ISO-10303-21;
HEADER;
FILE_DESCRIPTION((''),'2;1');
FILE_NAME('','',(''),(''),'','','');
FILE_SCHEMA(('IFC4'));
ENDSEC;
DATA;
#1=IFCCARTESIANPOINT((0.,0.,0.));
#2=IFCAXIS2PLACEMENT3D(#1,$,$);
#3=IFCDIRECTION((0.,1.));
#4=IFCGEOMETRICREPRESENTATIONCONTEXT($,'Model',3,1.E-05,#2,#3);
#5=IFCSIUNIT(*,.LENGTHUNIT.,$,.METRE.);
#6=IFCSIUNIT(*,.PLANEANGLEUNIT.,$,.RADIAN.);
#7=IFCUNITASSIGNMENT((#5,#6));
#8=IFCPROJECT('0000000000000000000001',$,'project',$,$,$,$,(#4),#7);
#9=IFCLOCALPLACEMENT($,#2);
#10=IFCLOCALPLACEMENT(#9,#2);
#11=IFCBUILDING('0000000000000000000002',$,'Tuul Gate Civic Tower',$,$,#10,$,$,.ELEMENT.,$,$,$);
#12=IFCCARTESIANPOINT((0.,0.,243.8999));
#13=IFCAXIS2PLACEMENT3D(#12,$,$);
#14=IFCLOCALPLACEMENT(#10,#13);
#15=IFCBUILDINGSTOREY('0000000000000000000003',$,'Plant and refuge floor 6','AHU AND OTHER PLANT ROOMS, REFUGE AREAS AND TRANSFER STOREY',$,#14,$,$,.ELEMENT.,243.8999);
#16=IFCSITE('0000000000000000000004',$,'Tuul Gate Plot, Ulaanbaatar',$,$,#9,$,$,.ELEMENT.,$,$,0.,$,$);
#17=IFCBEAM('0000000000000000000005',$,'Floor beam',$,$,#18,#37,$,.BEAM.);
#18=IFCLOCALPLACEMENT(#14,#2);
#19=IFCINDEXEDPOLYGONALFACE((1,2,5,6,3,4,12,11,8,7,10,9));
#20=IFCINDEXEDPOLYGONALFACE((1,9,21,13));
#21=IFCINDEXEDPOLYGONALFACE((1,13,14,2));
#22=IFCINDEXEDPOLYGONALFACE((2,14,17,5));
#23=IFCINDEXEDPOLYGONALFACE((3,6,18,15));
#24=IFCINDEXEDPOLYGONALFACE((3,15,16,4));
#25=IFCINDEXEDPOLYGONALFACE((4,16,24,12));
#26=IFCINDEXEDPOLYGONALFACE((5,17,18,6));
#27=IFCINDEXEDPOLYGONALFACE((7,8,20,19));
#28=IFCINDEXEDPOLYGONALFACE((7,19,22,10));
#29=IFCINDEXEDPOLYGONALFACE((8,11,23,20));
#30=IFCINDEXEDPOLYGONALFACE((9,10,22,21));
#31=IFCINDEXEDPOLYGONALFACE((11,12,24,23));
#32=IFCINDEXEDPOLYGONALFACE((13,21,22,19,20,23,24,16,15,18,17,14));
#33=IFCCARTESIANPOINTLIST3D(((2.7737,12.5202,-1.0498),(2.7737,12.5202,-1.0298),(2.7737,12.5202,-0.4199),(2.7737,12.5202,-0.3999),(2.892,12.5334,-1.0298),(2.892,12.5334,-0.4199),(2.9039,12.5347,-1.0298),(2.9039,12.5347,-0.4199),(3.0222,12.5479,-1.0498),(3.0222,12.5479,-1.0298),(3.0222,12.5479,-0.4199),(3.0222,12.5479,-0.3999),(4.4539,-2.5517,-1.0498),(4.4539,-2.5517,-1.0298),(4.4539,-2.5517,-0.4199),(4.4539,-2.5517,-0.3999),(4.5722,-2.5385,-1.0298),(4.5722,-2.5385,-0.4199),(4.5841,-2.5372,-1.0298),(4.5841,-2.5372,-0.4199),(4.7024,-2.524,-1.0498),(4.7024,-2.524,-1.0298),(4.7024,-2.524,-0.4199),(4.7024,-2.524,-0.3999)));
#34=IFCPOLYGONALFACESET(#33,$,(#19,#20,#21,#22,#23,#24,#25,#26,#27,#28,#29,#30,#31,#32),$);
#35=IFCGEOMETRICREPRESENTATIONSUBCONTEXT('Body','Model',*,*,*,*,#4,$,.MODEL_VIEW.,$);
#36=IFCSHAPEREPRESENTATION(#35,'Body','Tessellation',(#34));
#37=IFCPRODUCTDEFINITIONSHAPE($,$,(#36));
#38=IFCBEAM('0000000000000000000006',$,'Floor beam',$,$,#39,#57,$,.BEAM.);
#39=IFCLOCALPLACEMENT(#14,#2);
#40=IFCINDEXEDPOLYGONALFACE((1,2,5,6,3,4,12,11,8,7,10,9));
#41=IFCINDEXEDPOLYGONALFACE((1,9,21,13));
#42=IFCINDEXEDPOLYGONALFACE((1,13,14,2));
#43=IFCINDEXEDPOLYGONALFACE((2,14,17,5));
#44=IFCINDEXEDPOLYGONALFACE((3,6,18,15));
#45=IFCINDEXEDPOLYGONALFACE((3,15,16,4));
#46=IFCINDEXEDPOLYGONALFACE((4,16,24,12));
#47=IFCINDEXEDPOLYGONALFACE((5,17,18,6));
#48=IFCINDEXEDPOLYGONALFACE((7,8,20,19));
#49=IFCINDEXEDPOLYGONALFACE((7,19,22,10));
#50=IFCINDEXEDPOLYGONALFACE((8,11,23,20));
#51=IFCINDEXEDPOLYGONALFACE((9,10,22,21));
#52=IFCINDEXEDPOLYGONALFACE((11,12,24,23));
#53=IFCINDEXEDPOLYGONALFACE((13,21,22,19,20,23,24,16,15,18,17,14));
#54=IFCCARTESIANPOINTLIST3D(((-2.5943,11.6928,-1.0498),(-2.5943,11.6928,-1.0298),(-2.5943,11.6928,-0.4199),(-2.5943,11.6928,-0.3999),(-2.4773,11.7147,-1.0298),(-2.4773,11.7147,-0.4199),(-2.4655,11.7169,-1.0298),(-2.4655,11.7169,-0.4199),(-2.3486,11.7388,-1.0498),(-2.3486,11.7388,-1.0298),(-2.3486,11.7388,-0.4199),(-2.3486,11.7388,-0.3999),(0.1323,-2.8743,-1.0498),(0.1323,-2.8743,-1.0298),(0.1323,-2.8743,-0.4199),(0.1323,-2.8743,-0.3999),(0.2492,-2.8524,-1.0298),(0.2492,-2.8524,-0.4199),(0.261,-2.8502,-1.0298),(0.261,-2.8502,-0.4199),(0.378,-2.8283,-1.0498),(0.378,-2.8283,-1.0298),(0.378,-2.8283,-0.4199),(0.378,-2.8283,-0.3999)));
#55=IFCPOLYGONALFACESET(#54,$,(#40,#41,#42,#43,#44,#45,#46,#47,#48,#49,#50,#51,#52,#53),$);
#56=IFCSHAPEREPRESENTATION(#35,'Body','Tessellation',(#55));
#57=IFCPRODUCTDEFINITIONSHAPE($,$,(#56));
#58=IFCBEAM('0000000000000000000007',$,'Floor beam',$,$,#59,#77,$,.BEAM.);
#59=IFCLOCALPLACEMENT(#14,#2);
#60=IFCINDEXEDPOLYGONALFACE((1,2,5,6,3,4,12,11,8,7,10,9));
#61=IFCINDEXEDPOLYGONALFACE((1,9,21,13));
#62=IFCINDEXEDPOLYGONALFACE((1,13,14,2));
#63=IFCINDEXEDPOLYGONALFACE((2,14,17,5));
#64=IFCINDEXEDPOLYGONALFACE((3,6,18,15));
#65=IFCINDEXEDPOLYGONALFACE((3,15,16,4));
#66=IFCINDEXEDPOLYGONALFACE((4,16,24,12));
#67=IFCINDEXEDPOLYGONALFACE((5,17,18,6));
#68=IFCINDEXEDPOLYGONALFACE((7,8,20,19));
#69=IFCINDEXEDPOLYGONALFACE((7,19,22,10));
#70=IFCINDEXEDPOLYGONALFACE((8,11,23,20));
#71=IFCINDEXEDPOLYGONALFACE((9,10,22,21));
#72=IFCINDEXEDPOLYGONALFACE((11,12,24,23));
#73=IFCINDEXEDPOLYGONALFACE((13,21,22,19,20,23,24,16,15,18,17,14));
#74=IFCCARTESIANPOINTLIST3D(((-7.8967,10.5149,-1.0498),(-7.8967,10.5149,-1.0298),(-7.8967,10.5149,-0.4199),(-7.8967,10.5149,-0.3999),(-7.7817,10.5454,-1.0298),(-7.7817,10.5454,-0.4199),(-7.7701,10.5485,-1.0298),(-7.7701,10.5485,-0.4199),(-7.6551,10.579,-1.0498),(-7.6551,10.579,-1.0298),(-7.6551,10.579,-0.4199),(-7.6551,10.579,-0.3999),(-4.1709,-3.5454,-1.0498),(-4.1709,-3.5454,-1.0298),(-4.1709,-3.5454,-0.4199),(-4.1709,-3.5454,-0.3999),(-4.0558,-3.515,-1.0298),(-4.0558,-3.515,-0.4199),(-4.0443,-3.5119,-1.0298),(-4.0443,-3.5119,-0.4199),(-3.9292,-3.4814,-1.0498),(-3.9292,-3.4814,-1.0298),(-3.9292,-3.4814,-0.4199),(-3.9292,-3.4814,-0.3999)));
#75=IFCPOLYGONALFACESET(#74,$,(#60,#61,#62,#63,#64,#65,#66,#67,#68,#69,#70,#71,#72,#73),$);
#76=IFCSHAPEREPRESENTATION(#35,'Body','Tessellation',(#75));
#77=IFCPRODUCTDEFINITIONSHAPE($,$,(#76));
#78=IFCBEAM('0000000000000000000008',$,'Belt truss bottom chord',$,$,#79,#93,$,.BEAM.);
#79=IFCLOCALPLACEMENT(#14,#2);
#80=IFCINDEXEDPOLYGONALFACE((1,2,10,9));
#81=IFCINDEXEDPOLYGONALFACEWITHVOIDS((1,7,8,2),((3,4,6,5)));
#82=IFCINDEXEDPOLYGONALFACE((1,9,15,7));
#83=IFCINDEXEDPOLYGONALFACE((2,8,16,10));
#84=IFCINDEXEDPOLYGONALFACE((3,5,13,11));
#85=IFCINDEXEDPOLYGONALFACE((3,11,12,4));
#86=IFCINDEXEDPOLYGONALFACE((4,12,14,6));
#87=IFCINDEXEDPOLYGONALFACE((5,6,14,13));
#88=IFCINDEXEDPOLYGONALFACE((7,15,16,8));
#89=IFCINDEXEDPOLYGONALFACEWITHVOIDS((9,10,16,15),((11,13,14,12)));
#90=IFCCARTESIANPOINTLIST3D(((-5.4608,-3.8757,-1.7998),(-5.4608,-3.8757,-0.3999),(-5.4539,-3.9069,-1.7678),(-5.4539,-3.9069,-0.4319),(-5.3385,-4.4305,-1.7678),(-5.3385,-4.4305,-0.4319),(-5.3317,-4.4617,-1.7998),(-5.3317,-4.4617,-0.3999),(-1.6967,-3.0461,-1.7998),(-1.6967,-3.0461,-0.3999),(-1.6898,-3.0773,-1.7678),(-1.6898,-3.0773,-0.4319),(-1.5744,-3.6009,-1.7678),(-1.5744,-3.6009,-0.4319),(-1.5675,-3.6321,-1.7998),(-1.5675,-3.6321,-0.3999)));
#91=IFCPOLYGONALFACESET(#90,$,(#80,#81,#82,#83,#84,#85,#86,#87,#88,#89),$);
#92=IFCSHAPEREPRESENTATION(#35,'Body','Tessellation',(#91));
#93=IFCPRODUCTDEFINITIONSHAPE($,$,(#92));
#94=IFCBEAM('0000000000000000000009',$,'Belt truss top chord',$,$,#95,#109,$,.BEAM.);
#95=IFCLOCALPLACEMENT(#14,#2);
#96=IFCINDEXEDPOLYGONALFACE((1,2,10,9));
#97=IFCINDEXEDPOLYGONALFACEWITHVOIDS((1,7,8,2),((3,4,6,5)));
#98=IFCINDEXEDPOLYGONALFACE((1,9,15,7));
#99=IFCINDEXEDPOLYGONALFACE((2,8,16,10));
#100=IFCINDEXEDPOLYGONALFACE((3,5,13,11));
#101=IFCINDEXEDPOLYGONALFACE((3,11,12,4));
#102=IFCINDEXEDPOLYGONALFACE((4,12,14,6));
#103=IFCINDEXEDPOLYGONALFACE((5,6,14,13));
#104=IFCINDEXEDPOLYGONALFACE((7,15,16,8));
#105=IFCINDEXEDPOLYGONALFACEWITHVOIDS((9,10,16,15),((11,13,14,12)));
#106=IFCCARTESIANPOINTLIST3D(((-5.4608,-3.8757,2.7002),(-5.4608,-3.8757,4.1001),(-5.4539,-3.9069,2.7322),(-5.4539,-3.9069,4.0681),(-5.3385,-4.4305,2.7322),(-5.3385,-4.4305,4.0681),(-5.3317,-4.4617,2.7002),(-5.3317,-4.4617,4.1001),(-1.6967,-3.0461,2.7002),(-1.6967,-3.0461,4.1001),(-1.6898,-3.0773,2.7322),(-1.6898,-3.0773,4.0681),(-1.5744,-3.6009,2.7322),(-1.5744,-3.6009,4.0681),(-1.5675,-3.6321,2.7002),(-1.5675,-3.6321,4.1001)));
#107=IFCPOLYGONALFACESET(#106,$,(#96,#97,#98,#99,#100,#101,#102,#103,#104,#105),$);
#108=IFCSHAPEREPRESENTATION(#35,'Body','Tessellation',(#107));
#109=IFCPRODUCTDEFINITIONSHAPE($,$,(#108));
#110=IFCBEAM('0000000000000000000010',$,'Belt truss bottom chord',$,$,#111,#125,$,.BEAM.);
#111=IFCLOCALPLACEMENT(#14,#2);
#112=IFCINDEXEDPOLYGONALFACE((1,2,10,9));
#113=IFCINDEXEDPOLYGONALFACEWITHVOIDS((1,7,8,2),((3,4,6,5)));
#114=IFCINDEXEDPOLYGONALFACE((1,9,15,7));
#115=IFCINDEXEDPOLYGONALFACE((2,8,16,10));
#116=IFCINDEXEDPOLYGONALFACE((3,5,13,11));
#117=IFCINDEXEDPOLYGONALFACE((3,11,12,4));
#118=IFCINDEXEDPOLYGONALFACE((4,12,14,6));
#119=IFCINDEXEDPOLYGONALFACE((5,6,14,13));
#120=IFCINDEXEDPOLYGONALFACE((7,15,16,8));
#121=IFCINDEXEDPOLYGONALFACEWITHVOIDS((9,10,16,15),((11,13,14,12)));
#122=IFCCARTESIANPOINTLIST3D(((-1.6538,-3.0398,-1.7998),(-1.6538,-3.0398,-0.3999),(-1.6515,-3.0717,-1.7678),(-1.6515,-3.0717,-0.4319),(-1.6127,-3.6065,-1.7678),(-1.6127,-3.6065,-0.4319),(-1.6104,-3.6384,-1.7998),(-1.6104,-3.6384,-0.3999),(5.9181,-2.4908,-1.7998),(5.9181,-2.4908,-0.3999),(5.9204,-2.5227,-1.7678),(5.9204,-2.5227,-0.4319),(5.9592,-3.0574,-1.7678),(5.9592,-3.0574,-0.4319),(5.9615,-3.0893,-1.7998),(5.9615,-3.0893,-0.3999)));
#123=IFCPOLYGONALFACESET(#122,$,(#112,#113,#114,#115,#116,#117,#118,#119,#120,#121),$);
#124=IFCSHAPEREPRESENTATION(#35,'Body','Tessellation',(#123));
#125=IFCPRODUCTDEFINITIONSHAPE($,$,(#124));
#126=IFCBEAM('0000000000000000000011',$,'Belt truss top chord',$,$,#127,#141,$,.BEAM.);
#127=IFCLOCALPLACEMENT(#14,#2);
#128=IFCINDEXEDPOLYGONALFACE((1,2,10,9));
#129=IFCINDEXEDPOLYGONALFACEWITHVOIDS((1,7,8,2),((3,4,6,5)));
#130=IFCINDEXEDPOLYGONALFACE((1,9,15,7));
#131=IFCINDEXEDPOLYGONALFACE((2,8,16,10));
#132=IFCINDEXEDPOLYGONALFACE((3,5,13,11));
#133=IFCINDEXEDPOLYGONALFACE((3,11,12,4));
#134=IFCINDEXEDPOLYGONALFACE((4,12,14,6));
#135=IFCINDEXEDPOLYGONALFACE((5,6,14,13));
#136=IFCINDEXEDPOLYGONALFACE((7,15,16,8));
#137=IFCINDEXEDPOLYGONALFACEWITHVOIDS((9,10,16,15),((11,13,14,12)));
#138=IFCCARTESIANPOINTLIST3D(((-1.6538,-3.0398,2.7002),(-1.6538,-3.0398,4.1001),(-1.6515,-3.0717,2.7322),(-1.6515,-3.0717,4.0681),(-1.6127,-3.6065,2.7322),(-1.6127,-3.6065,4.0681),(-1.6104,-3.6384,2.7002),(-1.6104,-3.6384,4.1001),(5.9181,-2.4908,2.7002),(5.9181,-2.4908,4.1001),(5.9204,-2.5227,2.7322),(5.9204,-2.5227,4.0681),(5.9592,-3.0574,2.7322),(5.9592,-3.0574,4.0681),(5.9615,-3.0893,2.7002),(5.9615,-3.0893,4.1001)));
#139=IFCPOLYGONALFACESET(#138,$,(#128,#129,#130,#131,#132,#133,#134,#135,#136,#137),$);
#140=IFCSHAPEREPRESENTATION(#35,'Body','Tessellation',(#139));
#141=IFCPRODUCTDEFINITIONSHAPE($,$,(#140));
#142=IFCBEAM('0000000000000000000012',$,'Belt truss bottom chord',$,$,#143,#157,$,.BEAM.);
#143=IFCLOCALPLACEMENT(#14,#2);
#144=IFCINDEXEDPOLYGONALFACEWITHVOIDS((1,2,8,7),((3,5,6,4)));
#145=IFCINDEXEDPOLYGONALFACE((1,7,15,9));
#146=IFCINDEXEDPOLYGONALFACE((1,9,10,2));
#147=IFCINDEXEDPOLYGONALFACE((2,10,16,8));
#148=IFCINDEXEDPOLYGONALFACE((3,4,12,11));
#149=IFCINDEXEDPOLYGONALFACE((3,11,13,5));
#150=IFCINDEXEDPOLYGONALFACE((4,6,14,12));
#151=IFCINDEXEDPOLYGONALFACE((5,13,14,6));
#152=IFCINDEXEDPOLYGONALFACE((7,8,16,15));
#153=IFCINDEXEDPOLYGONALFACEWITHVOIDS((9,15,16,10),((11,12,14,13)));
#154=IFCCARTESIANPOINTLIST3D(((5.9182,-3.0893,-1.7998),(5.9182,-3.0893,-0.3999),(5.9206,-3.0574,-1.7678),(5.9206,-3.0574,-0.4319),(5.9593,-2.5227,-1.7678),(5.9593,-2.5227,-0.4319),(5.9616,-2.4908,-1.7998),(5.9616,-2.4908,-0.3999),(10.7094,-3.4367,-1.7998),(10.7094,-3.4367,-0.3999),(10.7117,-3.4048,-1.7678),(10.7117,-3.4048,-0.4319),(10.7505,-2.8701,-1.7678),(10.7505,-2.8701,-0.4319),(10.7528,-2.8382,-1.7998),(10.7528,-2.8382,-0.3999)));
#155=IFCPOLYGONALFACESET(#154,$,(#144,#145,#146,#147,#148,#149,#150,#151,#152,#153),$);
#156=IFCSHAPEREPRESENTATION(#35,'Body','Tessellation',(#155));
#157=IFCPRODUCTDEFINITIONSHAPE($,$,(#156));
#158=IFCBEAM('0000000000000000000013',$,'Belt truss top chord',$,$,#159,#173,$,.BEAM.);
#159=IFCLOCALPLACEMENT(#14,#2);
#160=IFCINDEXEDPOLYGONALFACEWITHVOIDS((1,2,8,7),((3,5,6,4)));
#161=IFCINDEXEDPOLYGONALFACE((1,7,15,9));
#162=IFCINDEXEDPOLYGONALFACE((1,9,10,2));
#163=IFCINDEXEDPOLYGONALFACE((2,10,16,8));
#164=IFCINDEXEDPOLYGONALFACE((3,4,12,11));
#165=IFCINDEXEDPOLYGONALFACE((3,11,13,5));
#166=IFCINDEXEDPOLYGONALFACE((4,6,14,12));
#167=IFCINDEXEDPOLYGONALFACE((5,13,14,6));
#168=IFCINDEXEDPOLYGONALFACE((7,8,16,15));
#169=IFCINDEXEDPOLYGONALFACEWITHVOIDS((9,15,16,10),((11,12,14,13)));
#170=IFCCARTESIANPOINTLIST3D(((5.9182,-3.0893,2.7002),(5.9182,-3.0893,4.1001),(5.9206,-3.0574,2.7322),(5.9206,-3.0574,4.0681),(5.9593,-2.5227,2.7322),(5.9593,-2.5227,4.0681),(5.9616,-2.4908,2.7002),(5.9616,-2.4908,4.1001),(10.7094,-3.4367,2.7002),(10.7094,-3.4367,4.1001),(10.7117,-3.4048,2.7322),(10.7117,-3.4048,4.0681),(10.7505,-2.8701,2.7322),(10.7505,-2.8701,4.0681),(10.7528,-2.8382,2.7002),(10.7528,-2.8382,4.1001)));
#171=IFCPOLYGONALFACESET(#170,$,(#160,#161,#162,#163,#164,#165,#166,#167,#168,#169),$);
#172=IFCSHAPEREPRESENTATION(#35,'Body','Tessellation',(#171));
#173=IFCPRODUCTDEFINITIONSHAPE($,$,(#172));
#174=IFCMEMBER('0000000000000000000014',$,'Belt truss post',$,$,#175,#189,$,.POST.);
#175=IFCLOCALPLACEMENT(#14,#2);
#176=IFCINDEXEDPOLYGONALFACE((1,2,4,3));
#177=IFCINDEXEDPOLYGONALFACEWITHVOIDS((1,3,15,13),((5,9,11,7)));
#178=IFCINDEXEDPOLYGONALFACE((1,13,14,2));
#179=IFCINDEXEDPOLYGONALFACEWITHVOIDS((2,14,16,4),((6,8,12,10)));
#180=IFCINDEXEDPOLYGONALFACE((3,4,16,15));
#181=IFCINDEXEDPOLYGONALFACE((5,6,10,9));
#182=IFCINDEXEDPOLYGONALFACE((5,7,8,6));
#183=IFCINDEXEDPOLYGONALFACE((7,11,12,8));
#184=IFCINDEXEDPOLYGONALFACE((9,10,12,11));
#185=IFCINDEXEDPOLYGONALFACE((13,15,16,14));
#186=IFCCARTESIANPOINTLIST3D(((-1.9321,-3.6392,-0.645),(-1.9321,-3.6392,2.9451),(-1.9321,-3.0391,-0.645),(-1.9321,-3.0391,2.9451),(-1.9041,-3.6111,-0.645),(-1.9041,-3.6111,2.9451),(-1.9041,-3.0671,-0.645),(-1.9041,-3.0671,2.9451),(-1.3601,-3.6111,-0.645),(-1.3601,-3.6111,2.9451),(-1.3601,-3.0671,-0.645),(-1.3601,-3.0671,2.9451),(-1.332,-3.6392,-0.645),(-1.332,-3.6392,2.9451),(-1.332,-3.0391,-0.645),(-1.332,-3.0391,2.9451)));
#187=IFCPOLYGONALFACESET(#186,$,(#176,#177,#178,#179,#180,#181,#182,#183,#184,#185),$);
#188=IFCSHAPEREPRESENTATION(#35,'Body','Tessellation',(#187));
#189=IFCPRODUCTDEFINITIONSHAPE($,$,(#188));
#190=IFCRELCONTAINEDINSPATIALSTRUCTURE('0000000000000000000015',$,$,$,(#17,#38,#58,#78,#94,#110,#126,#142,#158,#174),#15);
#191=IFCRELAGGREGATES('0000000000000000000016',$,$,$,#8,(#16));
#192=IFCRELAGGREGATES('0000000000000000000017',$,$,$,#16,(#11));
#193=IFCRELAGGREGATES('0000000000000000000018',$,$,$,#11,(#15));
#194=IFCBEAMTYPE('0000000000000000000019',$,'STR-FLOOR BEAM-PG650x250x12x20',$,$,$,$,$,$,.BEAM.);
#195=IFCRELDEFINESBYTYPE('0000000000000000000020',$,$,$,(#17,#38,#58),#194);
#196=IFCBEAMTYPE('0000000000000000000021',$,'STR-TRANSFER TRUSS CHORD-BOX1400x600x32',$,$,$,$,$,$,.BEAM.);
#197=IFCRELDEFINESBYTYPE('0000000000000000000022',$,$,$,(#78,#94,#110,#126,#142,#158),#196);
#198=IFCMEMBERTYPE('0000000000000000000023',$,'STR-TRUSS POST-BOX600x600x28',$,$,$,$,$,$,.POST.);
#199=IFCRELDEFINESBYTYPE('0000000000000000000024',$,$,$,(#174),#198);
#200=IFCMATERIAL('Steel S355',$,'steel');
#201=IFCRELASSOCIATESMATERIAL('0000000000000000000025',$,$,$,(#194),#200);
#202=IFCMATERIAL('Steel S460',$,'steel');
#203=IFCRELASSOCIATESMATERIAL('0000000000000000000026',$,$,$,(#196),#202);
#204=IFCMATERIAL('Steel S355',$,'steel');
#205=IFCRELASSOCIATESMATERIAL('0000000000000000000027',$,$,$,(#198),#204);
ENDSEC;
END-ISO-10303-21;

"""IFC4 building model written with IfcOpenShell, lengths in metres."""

from ifc_helpers import new_model, si_unit, direction, frame, origin, origin_2d, place, context, subcontext, project, spatial, hollow_rectangle, i_section, extrude, material, material_profile, profile_set, type_object, element, save


model = new_model("IFC4")

# Units and contexts
model_context = context("Model", 3, precision=1e-05, world=origin(), true_north=direction((0.0, 1.0)))
body_context = subcontext(model_context, "Body", "Model", "MODEL_VIEW")
ifc_project = project(units=[si_unit("LENGTHUNIT", "METRE"), si_unit("PLANEANGLEUNIT", "RADIAN")], contexts=[model_context])

# Site, building, storey
site_placement = place(None, origin())
site = spatial("IfcSite", under=ifc_project, at=site_placement, Name="Tuul Gate Plot, Ulaanbaatar", CompositionType="ELEMENT", RefElevation=0.0)
building_placement = place(site_placement, origin())
building = spatial("IfcBuilding", under=site, at=building_placement, Name="Tuul Gate Civic Tower", CompositionType="ELEMENT")
storey_placement = place(building_placement, frame((0.0, 0.0, 243.8999)))
storey = spatial("IfcBuildingStorey", under=building, at=storey_placement, Name="Plant and refuge floor 6", Description="AHU AND OTHER PLANT ROOMS, REFUGE AREAS AND TRANSFER STOREY", CompositionType="ELEMENT", Elevation=243.8999)

# Beams
ifc_material_1 = material(Name="Steel S355", Category="steel")
ifc_material_profile_1 = material_profile(ifc_material_1, i_section(OverallWidth=0.25, OverallDepth=0.6499, WebThickness=0.012, FlangeThickness=0.02, at=origin_2d()), Name="PG650x250x12x20")
ifc_profile_set_1 = profile_set([ifc_material_profile_1], Name="Steel S355")
beam_type_1 = type_object("IfcBeamType", Name="STR-FLOOR BEAM-PG650x250x12x20", PredefinedType="BEAM", material=ifc_profile_set_1)
beam_1_placement = place(storey_placement, frame((4.5781, -2.5378, -0.7249), z_axis=(-0.11079, 0.993844, 0.0), x_axis=(-0.993844, -0.11079, 0.0)))
element("IfcBeam", 1, at=beam_1_placement, inside=storey, type_object=beam_type_1, Name="Floor beam", PredefinedType="BEAM", context=body_context, shape_type="SweptSolid", body=[
    extrude(i_section(OverallWidth=0.25, OverallDepth=0.6499, WebThickness=0.012, FlangeThickness=0.02, at=origin_2d()), origin(), (0.0, 0.0, 1.0), 15.1653),
])
beam_2_placement = place(storey_placement, frame((0.2551, -2.8513, -0.7249), z_axis=(-0.183977, 0.982931, 0.0), x_axis=(-0.982931, -0.183977, 0.0)))
element("IfcBeam", 2, at=beam_2_placement, inside=storey, type_object=beam_type_1, Name="Floor beam", PredefinedType="BEAM", context=body_context, shape_type="SweptSolid", body=[
    extrude(i_section(OverallWidth=0.25, OverallDepth=0.6499, WebThickness=0.012, FlangeThickness=0.02, at=origin_2d()), origin(), (0.0, 0.0, 1.0), 14.8201),
])
beam_3_placement = place(storey_placement, frame((-4.05, -3.5134, -0.7249), z_axis=(-0.256149, 0.966637, 0.0), x_axis=(-0.966637, -0.256149, 0.0)))
element("IfcBeam", 3, at=beam_3_placement, inside=storey, type_object=beam_type_1, Name="Floor beam", PredefinedType="BEAM", context=body_context, shape_type="SweptSolid", body=[
    extrude(i_section(OverallWidth=0.25, OverallDepth=0.6499, WebThickness=0.012, FlangeThickness=0.02, at=origin_2d()), origin(), (0.0, 0.0, 1.0), 14.5457),
])
ifc_material_2 = material(Name="Steel S460", Category="steel")
ifc_material_profile_2 = material_profile(ifc_material_2, hollow_rectangle(XDim=0.6001, YDim=1.3999, WallThickness=0.032, at=origin_2d()), Name="BOX1400x600x32")
ifc_profile_set_2 = profile_set([ifc_material_profile_2], Name="Steel S460")
beam_type_2 = type_object("IfcBeamType", Name="STR-TRANSFER TRUSS CHORD-BOX1400x600x32", PredefinedType="BEAM", material=ifc_profile_set_2)
for number, where, z_axis, x_axis, name in (
    (4, (-5.3962, -4.1687, -1.0999), (0.976564, 0.215227, 0.0), (-0.215227, 0.976564, 0.0), "Belt truss bottom chord"),
    (5, (-5.3962, -4.1687, 3.4001), (0.976564, 0.215227, 0.0), (-0.215227, 0.976564, 0.0), "Belt truss top chord"),
):
    element("IfcBeam", number, at=place(storey_placement, frame(where, z_axis=z_axis, x_axis=x_axis)), inside=storey, type_object=beam_type_2, Name=name, PredefinedType="BEAM", context=body_context, shape_type="SweptSolid", body=[
        extrude(hollow_rectangle(XDim=0.6001, YDim=1.3999, WallThickness=0.032, at=origin_2d()), origin(), (0.0, 0.0, 1.0), 3.8545),
    ])
for number, where, z_axis, x_axis, name in (
    (6, (-1.6321, -3.3391, -1.0999), (0.997381, 0.072323, 0.0), (-0.072323, 0.997381, 0.0), "Belt truss bottom chord"),
    (7, (-1.6321, -3.3391, 3.4001), (0.997381, 0.072323, 0.0), (-0.072323, 0.997381, 0.0), "Belt truss top chord"),
):
    element("IfcBeam", number, at=place(storey_placement, frame(where, z_axis=z_axis, x_axis=x_axis)), inside=storey, type_object=beam_type_2, Name=name, PredefinedType="BEAM", context=body_context, shape_type="SweptSolid", body=[
        extrude(hollow_rectangle(XDim=0.6001, YDim=1.3999, WallThickness=0.032, at=origin_2d()), origin(), (0.0, 0.0, 1.0), 7.5918),
    ])
for number, where, z_axis, x_axis, name in (
    (8, (5.9399, -2.79, -1.0999), (0.997381, -0.072323, 0.0), (0.072323, 0.997381, 0.0), "Belt truss bottom chord"),
    (9, (5.9399, -2.79, 3.4001), (0.997381, -0.072323, 0.0), (0.072323, 0.997381, 0.0), "Belt truss top chord"),
):
    element("IfcBeam", number, at=place(storey_placement, frame(where, z_axis=z_axis, x_axis=x_axis)), inside=storey, type_object=beam_type_2, Name=name, PredefinedType="BEAM", context=body_context, shape_type="SweptSolid", body=[
        extrude(hollow_rectangle(XDim=0.6001, YDim=1.3999, WallThickness=0.032, at=origin_2d()), origin(), (0.0, 0.0, 1.0), 4.8037),
    ])

# Member
ifc_material_3 = material(Name="Steel S355", Category="steel")
ifc_material_profile_3 = material_profile(ifc_material_3, hollow_rectangle(XDim=0.6001, YDim=0.6001, WallThickness=0.0281, at=origin_2d()), Name="BOX600x600x28")
ifc_profile_set_3 = profile_set([ifc_material_profile_3], Name="Steel S355")
member_type = type_object("IfcMemberType", Name="STR-TRUSS POST-BOX600x600x28", PredefinedType="POST", material=ifc_profile_set_3)
for number, where, z_axis, x_axis, name in (
    (10, (-1.6321, -3.3391, -0.645), (0.0, 0.0, 1.0), (1.0, 0.0, 0.0), "Belt truss post"),
):
    element("IfcMember", number, at=place(storey_placement, frame(where, z_axis=z_axis, x_axis=x_axis)), inside=storey, type_object=member_type, Name=name, PredefinedType="POST", context=body_context, shape_type="SweptSolid", body=[
        extrude(hollow_rectangle(XDim=0.6001, YDim=0.6001, WallThickness=0.0281, at=origin_2d()), origin(), (0.0, 0.0, 1.0), 3.5901),
    ])

save(model, "model.ifc")
